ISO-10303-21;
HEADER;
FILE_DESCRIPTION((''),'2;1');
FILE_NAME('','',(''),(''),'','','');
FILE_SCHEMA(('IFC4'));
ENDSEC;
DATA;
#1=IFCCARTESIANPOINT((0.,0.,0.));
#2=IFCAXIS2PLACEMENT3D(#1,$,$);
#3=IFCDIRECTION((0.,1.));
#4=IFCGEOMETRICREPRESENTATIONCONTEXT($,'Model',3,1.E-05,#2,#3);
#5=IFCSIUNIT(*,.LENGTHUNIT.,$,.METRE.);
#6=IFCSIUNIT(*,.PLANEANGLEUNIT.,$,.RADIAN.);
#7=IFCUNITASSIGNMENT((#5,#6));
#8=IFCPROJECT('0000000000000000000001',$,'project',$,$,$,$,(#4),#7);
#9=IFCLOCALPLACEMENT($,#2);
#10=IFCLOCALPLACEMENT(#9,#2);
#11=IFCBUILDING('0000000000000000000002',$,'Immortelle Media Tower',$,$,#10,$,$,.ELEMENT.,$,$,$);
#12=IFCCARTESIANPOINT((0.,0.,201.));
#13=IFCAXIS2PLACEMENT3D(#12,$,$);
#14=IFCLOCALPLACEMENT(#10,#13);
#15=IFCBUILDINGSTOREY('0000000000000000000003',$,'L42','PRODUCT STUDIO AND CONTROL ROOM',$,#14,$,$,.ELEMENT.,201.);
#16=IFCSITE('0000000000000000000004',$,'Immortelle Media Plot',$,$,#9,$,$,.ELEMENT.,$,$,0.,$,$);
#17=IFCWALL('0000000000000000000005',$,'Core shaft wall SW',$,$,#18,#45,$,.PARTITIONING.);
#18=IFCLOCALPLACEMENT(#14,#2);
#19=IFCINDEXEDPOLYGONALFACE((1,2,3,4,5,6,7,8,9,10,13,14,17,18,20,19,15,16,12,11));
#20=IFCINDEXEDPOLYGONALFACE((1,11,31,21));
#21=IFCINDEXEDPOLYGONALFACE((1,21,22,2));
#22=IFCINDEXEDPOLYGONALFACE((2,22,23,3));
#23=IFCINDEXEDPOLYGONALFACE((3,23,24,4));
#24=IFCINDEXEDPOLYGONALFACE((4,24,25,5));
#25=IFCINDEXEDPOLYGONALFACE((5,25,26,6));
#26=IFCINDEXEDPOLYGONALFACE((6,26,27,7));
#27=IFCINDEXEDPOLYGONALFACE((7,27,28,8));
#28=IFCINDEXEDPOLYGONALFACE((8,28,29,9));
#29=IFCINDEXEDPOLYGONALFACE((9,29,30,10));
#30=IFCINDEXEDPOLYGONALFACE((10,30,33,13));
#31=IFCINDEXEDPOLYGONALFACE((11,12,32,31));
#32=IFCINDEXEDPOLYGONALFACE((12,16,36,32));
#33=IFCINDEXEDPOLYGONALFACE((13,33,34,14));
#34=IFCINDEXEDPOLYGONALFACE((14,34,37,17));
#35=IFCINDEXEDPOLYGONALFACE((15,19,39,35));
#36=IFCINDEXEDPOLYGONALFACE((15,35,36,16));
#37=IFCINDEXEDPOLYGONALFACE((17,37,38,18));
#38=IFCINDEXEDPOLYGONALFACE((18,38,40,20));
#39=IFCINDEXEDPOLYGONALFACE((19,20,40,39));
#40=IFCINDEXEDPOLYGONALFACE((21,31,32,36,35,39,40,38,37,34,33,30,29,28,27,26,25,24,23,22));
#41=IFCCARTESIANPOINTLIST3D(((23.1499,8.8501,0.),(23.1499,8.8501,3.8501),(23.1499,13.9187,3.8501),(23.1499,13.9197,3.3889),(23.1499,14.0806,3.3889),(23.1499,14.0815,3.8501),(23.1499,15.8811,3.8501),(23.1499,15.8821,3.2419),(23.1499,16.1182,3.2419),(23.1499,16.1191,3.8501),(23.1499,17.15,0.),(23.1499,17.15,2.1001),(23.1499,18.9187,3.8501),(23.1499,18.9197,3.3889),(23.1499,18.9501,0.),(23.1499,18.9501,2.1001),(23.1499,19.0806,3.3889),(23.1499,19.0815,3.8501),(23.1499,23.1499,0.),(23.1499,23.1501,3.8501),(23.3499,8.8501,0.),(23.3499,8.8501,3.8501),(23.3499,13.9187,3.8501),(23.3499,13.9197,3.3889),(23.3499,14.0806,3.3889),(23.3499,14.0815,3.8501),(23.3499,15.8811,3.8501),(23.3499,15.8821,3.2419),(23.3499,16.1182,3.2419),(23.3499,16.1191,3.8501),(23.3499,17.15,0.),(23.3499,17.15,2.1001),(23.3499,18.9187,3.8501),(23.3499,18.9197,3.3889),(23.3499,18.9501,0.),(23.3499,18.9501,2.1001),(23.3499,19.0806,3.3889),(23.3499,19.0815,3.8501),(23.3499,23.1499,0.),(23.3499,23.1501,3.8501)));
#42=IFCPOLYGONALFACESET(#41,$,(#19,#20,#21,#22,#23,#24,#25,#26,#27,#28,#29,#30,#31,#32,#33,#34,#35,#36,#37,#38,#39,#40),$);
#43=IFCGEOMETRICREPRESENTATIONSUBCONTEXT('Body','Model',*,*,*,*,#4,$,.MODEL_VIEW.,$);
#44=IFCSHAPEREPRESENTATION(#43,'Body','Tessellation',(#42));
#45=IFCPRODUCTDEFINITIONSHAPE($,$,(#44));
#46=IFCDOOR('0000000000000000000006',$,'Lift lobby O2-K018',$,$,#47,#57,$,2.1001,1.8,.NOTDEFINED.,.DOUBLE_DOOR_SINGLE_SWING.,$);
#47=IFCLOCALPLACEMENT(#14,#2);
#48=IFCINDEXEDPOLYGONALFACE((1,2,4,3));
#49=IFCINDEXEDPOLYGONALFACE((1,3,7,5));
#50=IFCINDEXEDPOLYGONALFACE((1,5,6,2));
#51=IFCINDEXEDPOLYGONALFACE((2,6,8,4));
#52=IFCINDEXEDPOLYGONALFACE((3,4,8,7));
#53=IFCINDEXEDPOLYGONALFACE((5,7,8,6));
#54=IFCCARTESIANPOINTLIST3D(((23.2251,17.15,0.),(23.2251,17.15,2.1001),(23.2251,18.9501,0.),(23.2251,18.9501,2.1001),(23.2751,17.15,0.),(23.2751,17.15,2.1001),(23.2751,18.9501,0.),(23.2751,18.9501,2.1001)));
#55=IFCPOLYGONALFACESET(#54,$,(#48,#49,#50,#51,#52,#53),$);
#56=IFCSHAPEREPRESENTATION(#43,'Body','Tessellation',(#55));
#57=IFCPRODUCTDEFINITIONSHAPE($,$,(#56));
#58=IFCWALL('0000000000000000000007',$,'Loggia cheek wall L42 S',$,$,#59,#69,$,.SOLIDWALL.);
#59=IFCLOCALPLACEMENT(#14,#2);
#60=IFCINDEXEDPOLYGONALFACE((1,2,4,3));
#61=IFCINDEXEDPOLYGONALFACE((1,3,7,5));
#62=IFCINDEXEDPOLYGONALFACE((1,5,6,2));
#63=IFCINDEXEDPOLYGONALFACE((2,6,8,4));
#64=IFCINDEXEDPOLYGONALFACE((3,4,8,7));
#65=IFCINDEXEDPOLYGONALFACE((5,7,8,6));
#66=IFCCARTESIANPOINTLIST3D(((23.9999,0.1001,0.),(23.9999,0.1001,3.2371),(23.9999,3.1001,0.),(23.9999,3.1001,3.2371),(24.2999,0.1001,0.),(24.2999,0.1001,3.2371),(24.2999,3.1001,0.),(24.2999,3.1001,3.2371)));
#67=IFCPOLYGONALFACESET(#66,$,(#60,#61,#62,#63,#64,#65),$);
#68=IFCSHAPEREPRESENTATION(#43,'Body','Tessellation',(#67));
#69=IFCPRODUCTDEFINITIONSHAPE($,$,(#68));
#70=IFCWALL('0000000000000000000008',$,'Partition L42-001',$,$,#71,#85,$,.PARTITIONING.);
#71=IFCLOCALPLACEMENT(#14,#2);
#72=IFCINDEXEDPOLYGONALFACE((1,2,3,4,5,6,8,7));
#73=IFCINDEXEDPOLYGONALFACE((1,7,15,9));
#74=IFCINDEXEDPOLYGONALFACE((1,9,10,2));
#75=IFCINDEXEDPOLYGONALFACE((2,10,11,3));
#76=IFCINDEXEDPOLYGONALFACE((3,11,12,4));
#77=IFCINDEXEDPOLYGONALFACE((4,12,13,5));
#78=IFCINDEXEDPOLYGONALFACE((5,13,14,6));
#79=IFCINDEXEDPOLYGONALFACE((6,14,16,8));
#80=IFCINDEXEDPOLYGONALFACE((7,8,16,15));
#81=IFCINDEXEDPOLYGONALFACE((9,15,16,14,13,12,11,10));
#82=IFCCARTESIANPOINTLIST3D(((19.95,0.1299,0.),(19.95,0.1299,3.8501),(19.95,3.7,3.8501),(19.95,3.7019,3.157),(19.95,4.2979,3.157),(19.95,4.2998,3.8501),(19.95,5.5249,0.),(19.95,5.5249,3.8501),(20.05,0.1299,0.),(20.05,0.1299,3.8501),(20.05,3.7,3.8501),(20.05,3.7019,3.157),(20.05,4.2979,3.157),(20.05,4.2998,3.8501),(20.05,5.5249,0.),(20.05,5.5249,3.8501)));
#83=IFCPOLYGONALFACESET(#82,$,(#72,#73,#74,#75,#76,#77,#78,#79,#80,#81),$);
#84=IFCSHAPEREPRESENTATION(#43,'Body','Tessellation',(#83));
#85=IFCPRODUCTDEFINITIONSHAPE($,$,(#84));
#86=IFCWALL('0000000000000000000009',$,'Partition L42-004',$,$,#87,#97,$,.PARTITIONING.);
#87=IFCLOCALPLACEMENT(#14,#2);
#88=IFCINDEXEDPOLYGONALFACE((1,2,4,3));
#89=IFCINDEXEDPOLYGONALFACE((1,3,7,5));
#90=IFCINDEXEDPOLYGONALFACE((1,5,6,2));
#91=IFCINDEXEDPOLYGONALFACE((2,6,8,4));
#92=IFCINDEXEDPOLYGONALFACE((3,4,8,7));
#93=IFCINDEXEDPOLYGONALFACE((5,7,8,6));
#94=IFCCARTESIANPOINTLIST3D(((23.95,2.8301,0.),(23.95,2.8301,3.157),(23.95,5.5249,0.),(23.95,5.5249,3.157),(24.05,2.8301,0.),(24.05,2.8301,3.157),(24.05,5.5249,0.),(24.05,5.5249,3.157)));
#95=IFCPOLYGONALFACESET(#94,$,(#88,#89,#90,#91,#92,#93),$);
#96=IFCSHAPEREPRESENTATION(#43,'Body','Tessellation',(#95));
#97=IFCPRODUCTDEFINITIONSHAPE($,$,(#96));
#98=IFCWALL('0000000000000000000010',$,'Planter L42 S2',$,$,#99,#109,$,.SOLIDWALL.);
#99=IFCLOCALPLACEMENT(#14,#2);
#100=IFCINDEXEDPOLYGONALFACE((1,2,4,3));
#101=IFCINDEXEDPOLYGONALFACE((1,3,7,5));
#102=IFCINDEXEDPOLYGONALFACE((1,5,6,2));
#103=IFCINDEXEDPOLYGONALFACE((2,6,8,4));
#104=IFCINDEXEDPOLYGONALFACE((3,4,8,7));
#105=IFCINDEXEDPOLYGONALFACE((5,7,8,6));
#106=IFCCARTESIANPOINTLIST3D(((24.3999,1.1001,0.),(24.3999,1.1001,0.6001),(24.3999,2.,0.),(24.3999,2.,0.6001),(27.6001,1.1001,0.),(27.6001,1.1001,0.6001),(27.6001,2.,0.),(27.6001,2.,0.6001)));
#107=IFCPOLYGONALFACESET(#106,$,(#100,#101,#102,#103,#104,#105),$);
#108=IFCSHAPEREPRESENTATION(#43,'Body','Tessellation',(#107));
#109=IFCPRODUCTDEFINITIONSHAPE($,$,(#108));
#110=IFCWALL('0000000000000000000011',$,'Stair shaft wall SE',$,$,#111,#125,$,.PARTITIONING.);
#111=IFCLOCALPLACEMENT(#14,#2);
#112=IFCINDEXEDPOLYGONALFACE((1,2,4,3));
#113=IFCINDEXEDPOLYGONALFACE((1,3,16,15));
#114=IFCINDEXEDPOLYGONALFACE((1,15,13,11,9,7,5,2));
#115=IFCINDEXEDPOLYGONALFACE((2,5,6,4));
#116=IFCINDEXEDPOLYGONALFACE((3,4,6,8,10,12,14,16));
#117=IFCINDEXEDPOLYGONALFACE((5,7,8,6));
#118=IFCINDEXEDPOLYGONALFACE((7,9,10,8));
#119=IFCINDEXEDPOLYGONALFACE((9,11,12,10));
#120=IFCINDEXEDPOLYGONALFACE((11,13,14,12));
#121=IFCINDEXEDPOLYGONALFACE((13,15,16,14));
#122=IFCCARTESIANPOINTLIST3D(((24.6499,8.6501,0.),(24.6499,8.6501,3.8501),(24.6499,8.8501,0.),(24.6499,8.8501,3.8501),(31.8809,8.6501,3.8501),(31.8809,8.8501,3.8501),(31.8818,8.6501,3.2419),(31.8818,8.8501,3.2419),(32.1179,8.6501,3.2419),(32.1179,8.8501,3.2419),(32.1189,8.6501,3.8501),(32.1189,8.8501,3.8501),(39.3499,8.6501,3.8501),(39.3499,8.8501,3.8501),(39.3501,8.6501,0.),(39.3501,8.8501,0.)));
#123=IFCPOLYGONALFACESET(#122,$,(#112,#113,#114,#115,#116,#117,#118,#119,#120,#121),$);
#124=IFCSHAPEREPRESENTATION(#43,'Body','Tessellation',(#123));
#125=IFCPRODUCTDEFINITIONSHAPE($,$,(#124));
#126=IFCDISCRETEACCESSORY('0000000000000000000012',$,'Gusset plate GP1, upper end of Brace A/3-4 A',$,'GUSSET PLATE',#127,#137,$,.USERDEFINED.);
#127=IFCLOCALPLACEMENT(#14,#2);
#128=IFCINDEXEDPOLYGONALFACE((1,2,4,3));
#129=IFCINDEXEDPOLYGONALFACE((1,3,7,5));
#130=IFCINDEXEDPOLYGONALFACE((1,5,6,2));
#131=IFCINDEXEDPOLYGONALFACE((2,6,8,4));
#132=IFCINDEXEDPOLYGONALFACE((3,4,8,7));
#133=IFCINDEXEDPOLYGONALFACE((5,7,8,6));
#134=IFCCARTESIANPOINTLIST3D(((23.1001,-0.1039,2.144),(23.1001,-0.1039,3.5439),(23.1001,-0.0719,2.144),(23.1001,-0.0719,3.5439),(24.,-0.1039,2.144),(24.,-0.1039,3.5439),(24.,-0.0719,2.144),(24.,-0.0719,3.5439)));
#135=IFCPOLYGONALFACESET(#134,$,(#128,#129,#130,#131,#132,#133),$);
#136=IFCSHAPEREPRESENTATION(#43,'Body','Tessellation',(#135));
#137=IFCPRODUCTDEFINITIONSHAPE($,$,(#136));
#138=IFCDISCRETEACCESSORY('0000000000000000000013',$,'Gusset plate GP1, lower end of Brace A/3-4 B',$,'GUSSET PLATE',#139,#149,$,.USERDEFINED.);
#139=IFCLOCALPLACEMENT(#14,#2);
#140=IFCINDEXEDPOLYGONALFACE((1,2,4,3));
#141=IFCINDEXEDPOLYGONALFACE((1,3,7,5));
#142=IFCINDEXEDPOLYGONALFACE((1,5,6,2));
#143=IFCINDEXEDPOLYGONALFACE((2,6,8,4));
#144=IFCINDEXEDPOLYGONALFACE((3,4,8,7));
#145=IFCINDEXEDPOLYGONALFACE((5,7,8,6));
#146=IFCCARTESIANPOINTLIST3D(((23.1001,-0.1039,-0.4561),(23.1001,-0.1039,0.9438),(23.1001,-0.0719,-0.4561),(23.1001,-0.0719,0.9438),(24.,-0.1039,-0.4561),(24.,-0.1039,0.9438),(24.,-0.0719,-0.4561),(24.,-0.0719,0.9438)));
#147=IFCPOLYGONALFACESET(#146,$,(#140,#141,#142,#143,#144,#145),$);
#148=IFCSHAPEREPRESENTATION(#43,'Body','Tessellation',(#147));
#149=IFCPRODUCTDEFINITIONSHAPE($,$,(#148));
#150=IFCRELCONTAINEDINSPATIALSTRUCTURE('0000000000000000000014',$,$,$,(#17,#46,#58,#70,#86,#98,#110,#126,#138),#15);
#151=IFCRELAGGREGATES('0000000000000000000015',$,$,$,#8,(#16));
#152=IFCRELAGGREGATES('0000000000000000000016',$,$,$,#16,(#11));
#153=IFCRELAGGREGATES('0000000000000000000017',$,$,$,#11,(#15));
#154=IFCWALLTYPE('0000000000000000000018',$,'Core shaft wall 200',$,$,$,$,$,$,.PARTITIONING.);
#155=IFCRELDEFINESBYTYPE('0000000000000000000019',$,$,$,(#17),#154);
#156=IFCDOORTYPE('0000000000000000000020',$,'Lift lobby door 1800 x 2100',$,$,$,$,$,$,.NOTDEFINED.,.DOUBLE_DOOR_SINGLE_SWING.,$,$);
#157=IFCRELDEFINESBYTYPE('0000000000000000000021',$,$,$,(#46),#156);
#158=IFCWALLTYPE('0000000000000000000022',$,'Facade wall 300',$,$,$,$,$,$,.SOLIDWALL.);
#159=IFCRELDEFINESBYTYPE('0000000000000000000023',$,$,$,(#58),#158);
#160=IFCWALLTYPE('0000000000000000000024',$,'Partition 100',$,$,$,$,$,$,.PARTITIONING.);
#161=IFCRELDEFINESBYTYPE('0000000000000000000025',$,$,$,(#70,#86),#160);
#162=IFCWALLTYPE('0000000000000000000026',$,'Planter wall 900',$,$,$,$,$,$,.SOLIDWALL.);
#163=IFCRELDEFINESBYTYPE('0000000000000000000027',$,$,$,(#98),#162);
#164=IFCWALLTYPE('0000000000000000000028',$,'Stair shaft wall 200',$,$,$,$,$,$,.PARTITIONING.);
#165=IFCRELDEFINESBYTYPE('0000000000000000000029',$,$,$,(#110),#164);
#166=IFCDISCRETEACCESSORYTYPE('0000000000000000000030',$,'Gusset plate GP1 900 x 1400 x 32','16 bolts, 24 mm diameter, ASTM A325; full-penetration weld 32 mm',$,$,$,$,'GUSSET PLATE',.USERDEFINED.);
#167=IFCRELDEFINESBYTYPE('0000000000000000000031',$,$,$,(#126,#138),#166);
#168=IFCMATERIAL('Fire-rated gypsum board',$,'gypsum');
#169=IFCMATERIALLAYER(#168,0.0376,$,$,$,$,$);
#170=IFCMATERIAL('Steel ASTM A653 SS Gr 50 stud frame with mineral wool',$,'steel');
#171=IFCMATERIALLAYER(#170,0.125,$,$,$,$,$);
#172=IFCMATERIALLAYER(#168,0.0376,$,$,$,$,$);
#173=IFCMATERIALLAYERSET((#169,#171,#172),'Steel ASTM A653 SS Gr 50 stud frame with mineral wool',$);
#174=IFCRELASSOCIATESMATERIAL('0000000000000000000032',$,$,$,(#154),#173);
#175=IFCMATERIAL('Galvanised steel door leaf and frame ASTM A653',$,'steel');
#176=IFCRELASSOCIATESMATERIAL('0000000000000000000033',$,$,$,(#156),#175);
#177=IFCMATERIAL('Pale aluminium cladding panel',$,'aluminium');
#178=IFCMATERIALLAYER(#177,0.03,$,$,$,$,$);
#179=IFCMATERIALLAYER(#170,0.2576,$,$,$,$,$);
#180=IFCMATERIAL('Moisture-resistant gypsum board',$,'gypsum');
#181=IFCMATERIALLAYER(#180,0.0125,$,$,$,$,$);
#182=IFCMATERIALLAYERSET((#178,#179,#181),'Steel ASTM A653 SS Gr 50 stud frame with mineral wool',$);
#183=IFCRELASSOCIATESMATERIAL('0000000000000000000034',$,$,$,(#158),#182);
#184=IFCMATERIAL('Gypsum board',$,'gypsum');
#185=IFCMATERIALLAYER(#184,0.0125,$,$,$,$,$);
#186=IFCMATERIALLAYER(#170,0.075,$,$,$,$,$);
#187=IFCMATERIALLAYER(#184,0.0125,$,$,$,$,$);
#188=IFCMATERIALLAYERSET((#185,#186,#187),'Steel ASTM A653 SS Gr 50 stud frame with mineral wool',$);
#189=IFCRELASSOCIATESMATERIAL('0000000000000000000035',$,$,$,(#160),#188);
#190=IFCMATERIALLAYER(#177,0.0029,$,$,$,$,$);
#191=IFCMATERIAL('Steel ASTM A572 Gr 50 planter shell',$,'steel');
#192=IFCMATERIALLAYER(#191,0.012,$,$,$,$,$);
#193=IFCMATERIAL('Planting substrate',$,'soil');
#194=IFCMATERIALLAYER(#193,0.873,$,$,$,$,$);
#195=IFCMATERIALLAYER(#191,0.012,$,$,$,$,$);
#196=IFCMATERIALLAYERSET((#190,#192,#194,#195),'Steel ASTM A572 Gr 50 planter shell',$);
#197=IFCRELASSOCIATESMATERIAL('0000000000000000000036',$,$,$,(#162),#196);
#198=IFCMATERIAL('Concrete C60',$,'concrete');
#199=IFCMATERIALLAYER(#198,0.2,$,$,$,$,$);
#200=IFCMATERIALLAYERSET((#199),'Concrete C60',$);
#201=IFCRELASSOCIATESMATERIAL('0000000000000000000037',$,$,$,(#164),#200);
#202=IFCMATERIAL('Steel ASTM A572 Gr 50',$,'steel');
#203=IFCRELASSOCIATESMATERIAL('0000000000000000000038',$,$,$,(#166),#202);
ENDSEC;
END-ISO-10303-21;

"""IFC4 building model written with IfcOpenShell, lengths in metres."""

from ifc_helpers import new_model, si_unit, direction, frame, frame_2d, origin, origin_2d, place, context, subcontext, project, spatial, polyline, rectangle, outline, extrude, material, layer, layer_set, material_profile, profile_set, type_object, element, fill, save


model = new_model("IFC4")

# Units and contexts
model_context = context("Model", 3, precision=1e-05, world=origin(), true_north=direction((0.0, 1.0)))
body_context = subcontext(model_context, "Body", "Model", "MODEL_VIEW")
ifc_project = project(units=[si_unit("LENGTHUNIT", "METRE"), si_unit("PLANEANGLEUNIT", "RADIAN")], contexts=[model_context])

# Site, building, storey
site_placement = place(None, origin())
site = spatial("IfcSite", under=ifc_project, at=site_placement, Name="Immortelle Media Plot", CompositionType="ELEMENT", RefElevation=0.0)
building_placement = place(site_placement, origin())
building = spatial("IfcBuilding", under=site, at=building_placement, Name="Immortelle Media Tower", CompositionType="ELEMENT")
storey_placement = place(building_placement, frame((0.0, 0.0, 201.0)))
storey = spatial("IfcBuildingStorey", under=building, at=storey_placement, Name="L42", Description="PRODUCT STUDIO AND CONTROL ROOM", CompositionType="ELEMENT", Elevation=201.0)

# Wall, opening, door
ifc_material_1 = material(Name="Fire-rated gypsum board", Category="gypsum")
ifc_layer_1 = layer(ifc_material_1, 0.0376)
ifc_material_2 = material(Name="Steel ASTM A653 SS Gr 50 stud frame with mineral wool", Category="steel")
ifc_layer_2 = layer(ifc_material_2, 0.125)
ifc_layer_3 = layer(ifc_material_1, 0.0376)
ifc_layer_set_1 = layer_set([ifc_layer_1, ifc_layer_2, ifc_layer_3], Name="Steel ASTM A653 SS Gr 50 stud frame with mineral wool")
wall_type_1 = type_object("IfcWallType", Name="Core shaft wall 200", PredefinedType="PARTITIONING", material=ifc_layer_set_1)
wall_1_placement = place(storey_placement, frame((23.25, 8.8501, 0.0), z_axis=(0.0, 0.0, 1.0), x_axis=(0.0, 1.0, 0.0)))
wall_1 = element("IfcWall", 1, at=wall_1_placement, inside=storey, type_object=wall_type_1, Name="Core shaft wall SW", PredefinedType="PARTITIONING", context=body_context, shape_type="SweptSolid", body=[
    extrude(outline(polyline([(0.0, 0.0), (14.2998, 0.0), (14.3, 3.8501), (10.2314, 3.8501), (10.2305, 3.3889), (10.0696, 3.3889), (10.0686, 3.8501), (7.269, 3.8501), (7.2681, 3.2419), (7.032, 3.2419), (7.031, 3.8501), (5.2314, 3.8501), (5.2305, 3.3889), (5.0696, 3.3889), (5.0686, 3.8501), (0.0, 3.8501), (0.0, 0.0)])), frame((0.0, 0.1001, 0.0), z_axis=(0.0, -1.0, 0.0), x_axis=(1.0, 0.0, 0.0)), (0.0, 0.0, 1.0), 0.2),
])
opening_1_placement = place(wall_1_placement, frame((8.3, 0.0, 0.0)))
opening_1 = element("IfcOpeningElement", 2, at=opening_1_placement, cuts=wall_1, PredefinedType="OPENING", context=body_context, shape_type="SweptSolid", body=[
    extrude(rectangle(XDim=1.8, YDim=2.1001, at=frame_2d((0.8999, 1.05))), frame((0.0, 0.1099, 0.0), z_axis=(0.0, -1.0, 0.0), x_axis=(1.0, 0.0, 0.0)), (0.0, 0.0, 1.0), 0.22),
])
ifc_material_3 = material(Name="Galvanised steel door leaf and frame ASTM A653", Category="steel")
door_type_1 = type_object("IfcDoorType", Name="Lift lobby door 1800 x 2100", OperationType="DOUBLE_DOOR_SINGLE_SWING", PredefinedType="NOTDEFINED", material=ifc_material_3)
door_1_placement = place(opening_1_placement, origin())
door_1 = element("IfcDoor", 3, at=door_1_placement, inside=storey, type_object=door_type_1, Name="Lift lobby O2-K018", OperationType="DOUBLE_DOOR_SINGLE_SWING", OverallHeight=2.1001, OverallWidth=1.8, PredefinedType="NOTDEFINED", context=body_context, shape_type="SweptSolid", body=[
    extrude(rectangle(XDim=1.8, YDim=2.1001, at=frame_2d((0.8999, 1.05))), frame((0.0, 0.0249, 0.0), z_axis=(0.0, -1.0, 0.0), x_axis=(1.0, 0.0, 0.0)), (0.0, 0.0, 1.0), 0.05),
])
fill(opening_1, door_1)

# Shared definitions
ifc_material_4 = material(Name="Pale aluminium cladding panel", Category="aluminium")
ifc_layer_4 = layer(ifc_material_4, 0.03)
ifc_layer_5 = layer(ifc_material_2, 0.2576)
ifc_material_5 = material(Name="Moisture-resistant gypsum board", Category="gypsum")
ifc_layer_6 = layer(ifc_material_5, 0.0125)
ifc_layer_set_2 = layer_set([ifc_layer_4, ifc_layer_5, ifc_layer_6], Name="Steel ASTM A653 SS Gr 50 stud frame with mineral wool")
wall_type_2 = type_object("IfcWallType", Name="Facade wall 300", PredefinedType="SOLIDWALL", material=ifc_layer_set_2)

# Walls
wall_2_placement = place(storey_placement, frame((24.1499, 0.1001, 0.0), z_axis=(0.0, 0.0, 1.0), x_axis=(0.0, 1.0, 0.0)))
element("IfcWall", 4, at=wall_2_placement, inside=storey, type_object=wall_type_2, Name="Loggia cheek wall L42 S", PredefinedType="SOLIDWALL", context=body_context, shape_type="SweptSolid", body=[
    extrude(rectangle(XDim=3.0, YDim=0.3, at=frame_2d((1.5, 0.0))), origin(), (0.0, 0.0, 1.0), 3.2371),
])
ifc_material_6 = material(Name="Gypsum board", Category="gypsum")
ifc_layer_7 = layer(ifc_material_6, 0.0125)
ifc_layer_8 = layer(ifc_material_2, 0.075)
ifc_layer_9 = layer(ifc_material_6, 0.0125)
ifc_layer_set_3 = layer_set([ifc_layer_7, ifc_layer_8, ifc_layer_9], Name="Steel ASTM A653 SS Gr 50 stud frame with mineral wool")
wall_type_3 = type_object("IfcWallType", Name="Partition 100", PredefinedType="PARTITIONING", material=ifc_layer_set_3)
wall_3_placement = place(storey_placement, frame((20.0, 0.1299, 0.0), z_axis=(0.0, 0.0, 1.0), x_axis=(0.0, 1.0, 0.0)))
element("IfcWall", 5, at=wall_3_placement, inside=storey, type_object=wall_type_3, Name="Partition L42-001", PredefinedType="PARTITIONING", context=body_context, shape_type="SweptSolid", body=[
    extrude(outline(polyline([(0.0, 0.0), (5.395, 0.0), (5.395, 3.8501), (4.1699, 3.8501), (4.168, 3.157), (3.572, 3.157), (3.5701, 3.8501), (0.0, 3.8501), (0.0, 0.0)])), frame((0.0, 0.05, 0.0), z_axis=(0.0, -1.0, 0.0), x_axis=(1.0, 0.0, 0.0)), (0.0, 0.0, 1.0), 0.1001),
])
wall_4_placement = place(storey_placement, frame((24.0, 2.8301, 0.0), z_axis=(0.0, 0.0, 1.0), x_axis=(0.0, 1.0, 0.0)))
element("IfcWall", 6, at=wall_4_placement, inside=storey, type_object=wall_type_3, Name="Partition L42-004", PredefinedType="PARTITIONING", context=body_context, shape_type="SweptSolid", body=[
    extrude(rectangle(XDim=2.6948, YDim=0.1001, at=frame_2d((1.3474, 0.0))), origin(), (0.0, 0.0, 1.0), 3.157),
])
ifc_layer_10 = layer(ifc_material_4, 0.0029)
ifc_material_7 = material(Name="Steel ASTM A572 Gr 50 planter shell", Category="steel")
ifc_layer_11 = layer(ifc_material_7, 0.012)
ifc_material_8 = material(Name="Planting substrate", Category="soil")
ifc_layer_12 = layer(ifc_material_8, 0.873)
ifc_layer_13 = layer(ifc_material_7, 0.012)
ifc_layer_set_4 = layer_set([ifc_layer_10, ifc_layer_11, ifc_layer_12, ifc_layer_13], Name="Steel ASTM A572 Gr 50 planter shell")
wall_type_4 = type_object("IfcWallType", Name="Planter wall 900", PredefinedType="SOLIDWALL", material=ifc_layer_set_4)
wall_5_placement = place(storey_placement, frame((24.3999, 1.55, 0.0), z_axis=(0.0, 0.0, 1.0), x_axis=(1.0, 0.0, 0.0)))
element("IfcWall", 7, at=wall_5_placement, inside=storey, type_object=wall_type_4, Name="Planter L42 S2", PredefinedType="SOLIDWALL", context=body_context, shape_type="SweptSolid", body=[
    extrude(rectangle(XDim=3.2002, YDim=0.8999, at=frame_2d((1.6001, 0.0))), origin(), (0.0, 0.0, 1.0), 0.6001),
])
ifc_material_9 = material(Name="Concrete C60", Category="concrete")
ifc_layer_14 = layer(ifc_material_9, 0.2)
ifc_layer_set_5 = layer_set([ifc_layer_14], Name="Concrete C60")
wall_type_5 = type_object("IfcWallType", Name="Stair shaft wall 200", PredefinedType="PARTITIONING", material=ifc_layer_set_5)
wall_6_placement = place(storey_placement, frame((24.6499, 8.75, 0.0), z_axis=(0.0, 0.0, 1.0), x_axis=(1.0, 0.0, 0.0)))
element("IfcWall", 8, at=wall_6_placement, inside=storey, type_object=wall_type_5, Name="Stair shaft wall SE", PredefinedType="PARTITIONING", context=body_context, shape_type="SweptSolid", body=[
    extrude(outline(polyline([(0.0, 0.0), (14.7002, 0.0), (14.7, 3.8501), (7.469, 3.8501), (7.468, 3.2419), (7.2319, 3.2419), (7.231, 3.8501), (0.0, 3.8501), (0.0, 0.0)])), frame((0.0, 0.1001, 0.0), z_axis=(0.0, -1.0, 0.0), x_axis=(1.0, 0.0, 0.0)), (0.0, 0.0, 1.0), 0.2),
])

# Discrete accessories
ifc_material_10 = material(Name="Steel ASTM A572 Gr 50", Category="steel")
ifc_material_profile_1 = material_profile(ifc_material_10, rectangle(XDim=0.032, YDim=1.3999, at=origin_2d()), Name="PL 32 x 1400")
ifc_profile_set_1 = profile_set([ifc_material_profile_1], Name="Steel ASTM A572 Gr 50")
discrete_accessory_type = type_object("IfcDiscreteAccessoryType", Name="Gusset plate GP1 900 x 1400 x 32", Description="16 bolts, 24 mm diameter, ASTM A325; full-penetration weld 32 mm", ElementType="GUSSET PLATE", PredefinedType="USERDEFINED", material=ifc_profile_set_1)
for number, where, z_axis, x_axis, name in (
    (9, (24.0, -0.0879, 2.844), (-1.0, 0.0, 0.0), (0.0, -1.0, 0.0), "Gusset plate GP1, upper end of Brace A/3-4 A"),
    (10, (24.0, -0.0879, 0.2439), (-1.0, 0.0, 0.0), (0.0, -1.0, 0.0), "Gusset plate GP1, lower end of Brace A/3-4 B"),
):
    element("IfcDiscreteAccessory", number, at=place(storey_placement, frame(where, z_axis=z_axis, x_axis=x_axis)), inside=storey, type_object=discrete_accessory_type, Name=name, ObjectType="GUSSET PLATE", PredefinedType="USERDEFINED", context=body_context, shape_type="SweptSolid", body=[
        extrude(rectangle(XDim=0.032, YDim=1.3999, at=origin_2d()), origin(), (0.0, 0.0, 1.0), 0.8999),
    ])

save(model, "model.ifc")
